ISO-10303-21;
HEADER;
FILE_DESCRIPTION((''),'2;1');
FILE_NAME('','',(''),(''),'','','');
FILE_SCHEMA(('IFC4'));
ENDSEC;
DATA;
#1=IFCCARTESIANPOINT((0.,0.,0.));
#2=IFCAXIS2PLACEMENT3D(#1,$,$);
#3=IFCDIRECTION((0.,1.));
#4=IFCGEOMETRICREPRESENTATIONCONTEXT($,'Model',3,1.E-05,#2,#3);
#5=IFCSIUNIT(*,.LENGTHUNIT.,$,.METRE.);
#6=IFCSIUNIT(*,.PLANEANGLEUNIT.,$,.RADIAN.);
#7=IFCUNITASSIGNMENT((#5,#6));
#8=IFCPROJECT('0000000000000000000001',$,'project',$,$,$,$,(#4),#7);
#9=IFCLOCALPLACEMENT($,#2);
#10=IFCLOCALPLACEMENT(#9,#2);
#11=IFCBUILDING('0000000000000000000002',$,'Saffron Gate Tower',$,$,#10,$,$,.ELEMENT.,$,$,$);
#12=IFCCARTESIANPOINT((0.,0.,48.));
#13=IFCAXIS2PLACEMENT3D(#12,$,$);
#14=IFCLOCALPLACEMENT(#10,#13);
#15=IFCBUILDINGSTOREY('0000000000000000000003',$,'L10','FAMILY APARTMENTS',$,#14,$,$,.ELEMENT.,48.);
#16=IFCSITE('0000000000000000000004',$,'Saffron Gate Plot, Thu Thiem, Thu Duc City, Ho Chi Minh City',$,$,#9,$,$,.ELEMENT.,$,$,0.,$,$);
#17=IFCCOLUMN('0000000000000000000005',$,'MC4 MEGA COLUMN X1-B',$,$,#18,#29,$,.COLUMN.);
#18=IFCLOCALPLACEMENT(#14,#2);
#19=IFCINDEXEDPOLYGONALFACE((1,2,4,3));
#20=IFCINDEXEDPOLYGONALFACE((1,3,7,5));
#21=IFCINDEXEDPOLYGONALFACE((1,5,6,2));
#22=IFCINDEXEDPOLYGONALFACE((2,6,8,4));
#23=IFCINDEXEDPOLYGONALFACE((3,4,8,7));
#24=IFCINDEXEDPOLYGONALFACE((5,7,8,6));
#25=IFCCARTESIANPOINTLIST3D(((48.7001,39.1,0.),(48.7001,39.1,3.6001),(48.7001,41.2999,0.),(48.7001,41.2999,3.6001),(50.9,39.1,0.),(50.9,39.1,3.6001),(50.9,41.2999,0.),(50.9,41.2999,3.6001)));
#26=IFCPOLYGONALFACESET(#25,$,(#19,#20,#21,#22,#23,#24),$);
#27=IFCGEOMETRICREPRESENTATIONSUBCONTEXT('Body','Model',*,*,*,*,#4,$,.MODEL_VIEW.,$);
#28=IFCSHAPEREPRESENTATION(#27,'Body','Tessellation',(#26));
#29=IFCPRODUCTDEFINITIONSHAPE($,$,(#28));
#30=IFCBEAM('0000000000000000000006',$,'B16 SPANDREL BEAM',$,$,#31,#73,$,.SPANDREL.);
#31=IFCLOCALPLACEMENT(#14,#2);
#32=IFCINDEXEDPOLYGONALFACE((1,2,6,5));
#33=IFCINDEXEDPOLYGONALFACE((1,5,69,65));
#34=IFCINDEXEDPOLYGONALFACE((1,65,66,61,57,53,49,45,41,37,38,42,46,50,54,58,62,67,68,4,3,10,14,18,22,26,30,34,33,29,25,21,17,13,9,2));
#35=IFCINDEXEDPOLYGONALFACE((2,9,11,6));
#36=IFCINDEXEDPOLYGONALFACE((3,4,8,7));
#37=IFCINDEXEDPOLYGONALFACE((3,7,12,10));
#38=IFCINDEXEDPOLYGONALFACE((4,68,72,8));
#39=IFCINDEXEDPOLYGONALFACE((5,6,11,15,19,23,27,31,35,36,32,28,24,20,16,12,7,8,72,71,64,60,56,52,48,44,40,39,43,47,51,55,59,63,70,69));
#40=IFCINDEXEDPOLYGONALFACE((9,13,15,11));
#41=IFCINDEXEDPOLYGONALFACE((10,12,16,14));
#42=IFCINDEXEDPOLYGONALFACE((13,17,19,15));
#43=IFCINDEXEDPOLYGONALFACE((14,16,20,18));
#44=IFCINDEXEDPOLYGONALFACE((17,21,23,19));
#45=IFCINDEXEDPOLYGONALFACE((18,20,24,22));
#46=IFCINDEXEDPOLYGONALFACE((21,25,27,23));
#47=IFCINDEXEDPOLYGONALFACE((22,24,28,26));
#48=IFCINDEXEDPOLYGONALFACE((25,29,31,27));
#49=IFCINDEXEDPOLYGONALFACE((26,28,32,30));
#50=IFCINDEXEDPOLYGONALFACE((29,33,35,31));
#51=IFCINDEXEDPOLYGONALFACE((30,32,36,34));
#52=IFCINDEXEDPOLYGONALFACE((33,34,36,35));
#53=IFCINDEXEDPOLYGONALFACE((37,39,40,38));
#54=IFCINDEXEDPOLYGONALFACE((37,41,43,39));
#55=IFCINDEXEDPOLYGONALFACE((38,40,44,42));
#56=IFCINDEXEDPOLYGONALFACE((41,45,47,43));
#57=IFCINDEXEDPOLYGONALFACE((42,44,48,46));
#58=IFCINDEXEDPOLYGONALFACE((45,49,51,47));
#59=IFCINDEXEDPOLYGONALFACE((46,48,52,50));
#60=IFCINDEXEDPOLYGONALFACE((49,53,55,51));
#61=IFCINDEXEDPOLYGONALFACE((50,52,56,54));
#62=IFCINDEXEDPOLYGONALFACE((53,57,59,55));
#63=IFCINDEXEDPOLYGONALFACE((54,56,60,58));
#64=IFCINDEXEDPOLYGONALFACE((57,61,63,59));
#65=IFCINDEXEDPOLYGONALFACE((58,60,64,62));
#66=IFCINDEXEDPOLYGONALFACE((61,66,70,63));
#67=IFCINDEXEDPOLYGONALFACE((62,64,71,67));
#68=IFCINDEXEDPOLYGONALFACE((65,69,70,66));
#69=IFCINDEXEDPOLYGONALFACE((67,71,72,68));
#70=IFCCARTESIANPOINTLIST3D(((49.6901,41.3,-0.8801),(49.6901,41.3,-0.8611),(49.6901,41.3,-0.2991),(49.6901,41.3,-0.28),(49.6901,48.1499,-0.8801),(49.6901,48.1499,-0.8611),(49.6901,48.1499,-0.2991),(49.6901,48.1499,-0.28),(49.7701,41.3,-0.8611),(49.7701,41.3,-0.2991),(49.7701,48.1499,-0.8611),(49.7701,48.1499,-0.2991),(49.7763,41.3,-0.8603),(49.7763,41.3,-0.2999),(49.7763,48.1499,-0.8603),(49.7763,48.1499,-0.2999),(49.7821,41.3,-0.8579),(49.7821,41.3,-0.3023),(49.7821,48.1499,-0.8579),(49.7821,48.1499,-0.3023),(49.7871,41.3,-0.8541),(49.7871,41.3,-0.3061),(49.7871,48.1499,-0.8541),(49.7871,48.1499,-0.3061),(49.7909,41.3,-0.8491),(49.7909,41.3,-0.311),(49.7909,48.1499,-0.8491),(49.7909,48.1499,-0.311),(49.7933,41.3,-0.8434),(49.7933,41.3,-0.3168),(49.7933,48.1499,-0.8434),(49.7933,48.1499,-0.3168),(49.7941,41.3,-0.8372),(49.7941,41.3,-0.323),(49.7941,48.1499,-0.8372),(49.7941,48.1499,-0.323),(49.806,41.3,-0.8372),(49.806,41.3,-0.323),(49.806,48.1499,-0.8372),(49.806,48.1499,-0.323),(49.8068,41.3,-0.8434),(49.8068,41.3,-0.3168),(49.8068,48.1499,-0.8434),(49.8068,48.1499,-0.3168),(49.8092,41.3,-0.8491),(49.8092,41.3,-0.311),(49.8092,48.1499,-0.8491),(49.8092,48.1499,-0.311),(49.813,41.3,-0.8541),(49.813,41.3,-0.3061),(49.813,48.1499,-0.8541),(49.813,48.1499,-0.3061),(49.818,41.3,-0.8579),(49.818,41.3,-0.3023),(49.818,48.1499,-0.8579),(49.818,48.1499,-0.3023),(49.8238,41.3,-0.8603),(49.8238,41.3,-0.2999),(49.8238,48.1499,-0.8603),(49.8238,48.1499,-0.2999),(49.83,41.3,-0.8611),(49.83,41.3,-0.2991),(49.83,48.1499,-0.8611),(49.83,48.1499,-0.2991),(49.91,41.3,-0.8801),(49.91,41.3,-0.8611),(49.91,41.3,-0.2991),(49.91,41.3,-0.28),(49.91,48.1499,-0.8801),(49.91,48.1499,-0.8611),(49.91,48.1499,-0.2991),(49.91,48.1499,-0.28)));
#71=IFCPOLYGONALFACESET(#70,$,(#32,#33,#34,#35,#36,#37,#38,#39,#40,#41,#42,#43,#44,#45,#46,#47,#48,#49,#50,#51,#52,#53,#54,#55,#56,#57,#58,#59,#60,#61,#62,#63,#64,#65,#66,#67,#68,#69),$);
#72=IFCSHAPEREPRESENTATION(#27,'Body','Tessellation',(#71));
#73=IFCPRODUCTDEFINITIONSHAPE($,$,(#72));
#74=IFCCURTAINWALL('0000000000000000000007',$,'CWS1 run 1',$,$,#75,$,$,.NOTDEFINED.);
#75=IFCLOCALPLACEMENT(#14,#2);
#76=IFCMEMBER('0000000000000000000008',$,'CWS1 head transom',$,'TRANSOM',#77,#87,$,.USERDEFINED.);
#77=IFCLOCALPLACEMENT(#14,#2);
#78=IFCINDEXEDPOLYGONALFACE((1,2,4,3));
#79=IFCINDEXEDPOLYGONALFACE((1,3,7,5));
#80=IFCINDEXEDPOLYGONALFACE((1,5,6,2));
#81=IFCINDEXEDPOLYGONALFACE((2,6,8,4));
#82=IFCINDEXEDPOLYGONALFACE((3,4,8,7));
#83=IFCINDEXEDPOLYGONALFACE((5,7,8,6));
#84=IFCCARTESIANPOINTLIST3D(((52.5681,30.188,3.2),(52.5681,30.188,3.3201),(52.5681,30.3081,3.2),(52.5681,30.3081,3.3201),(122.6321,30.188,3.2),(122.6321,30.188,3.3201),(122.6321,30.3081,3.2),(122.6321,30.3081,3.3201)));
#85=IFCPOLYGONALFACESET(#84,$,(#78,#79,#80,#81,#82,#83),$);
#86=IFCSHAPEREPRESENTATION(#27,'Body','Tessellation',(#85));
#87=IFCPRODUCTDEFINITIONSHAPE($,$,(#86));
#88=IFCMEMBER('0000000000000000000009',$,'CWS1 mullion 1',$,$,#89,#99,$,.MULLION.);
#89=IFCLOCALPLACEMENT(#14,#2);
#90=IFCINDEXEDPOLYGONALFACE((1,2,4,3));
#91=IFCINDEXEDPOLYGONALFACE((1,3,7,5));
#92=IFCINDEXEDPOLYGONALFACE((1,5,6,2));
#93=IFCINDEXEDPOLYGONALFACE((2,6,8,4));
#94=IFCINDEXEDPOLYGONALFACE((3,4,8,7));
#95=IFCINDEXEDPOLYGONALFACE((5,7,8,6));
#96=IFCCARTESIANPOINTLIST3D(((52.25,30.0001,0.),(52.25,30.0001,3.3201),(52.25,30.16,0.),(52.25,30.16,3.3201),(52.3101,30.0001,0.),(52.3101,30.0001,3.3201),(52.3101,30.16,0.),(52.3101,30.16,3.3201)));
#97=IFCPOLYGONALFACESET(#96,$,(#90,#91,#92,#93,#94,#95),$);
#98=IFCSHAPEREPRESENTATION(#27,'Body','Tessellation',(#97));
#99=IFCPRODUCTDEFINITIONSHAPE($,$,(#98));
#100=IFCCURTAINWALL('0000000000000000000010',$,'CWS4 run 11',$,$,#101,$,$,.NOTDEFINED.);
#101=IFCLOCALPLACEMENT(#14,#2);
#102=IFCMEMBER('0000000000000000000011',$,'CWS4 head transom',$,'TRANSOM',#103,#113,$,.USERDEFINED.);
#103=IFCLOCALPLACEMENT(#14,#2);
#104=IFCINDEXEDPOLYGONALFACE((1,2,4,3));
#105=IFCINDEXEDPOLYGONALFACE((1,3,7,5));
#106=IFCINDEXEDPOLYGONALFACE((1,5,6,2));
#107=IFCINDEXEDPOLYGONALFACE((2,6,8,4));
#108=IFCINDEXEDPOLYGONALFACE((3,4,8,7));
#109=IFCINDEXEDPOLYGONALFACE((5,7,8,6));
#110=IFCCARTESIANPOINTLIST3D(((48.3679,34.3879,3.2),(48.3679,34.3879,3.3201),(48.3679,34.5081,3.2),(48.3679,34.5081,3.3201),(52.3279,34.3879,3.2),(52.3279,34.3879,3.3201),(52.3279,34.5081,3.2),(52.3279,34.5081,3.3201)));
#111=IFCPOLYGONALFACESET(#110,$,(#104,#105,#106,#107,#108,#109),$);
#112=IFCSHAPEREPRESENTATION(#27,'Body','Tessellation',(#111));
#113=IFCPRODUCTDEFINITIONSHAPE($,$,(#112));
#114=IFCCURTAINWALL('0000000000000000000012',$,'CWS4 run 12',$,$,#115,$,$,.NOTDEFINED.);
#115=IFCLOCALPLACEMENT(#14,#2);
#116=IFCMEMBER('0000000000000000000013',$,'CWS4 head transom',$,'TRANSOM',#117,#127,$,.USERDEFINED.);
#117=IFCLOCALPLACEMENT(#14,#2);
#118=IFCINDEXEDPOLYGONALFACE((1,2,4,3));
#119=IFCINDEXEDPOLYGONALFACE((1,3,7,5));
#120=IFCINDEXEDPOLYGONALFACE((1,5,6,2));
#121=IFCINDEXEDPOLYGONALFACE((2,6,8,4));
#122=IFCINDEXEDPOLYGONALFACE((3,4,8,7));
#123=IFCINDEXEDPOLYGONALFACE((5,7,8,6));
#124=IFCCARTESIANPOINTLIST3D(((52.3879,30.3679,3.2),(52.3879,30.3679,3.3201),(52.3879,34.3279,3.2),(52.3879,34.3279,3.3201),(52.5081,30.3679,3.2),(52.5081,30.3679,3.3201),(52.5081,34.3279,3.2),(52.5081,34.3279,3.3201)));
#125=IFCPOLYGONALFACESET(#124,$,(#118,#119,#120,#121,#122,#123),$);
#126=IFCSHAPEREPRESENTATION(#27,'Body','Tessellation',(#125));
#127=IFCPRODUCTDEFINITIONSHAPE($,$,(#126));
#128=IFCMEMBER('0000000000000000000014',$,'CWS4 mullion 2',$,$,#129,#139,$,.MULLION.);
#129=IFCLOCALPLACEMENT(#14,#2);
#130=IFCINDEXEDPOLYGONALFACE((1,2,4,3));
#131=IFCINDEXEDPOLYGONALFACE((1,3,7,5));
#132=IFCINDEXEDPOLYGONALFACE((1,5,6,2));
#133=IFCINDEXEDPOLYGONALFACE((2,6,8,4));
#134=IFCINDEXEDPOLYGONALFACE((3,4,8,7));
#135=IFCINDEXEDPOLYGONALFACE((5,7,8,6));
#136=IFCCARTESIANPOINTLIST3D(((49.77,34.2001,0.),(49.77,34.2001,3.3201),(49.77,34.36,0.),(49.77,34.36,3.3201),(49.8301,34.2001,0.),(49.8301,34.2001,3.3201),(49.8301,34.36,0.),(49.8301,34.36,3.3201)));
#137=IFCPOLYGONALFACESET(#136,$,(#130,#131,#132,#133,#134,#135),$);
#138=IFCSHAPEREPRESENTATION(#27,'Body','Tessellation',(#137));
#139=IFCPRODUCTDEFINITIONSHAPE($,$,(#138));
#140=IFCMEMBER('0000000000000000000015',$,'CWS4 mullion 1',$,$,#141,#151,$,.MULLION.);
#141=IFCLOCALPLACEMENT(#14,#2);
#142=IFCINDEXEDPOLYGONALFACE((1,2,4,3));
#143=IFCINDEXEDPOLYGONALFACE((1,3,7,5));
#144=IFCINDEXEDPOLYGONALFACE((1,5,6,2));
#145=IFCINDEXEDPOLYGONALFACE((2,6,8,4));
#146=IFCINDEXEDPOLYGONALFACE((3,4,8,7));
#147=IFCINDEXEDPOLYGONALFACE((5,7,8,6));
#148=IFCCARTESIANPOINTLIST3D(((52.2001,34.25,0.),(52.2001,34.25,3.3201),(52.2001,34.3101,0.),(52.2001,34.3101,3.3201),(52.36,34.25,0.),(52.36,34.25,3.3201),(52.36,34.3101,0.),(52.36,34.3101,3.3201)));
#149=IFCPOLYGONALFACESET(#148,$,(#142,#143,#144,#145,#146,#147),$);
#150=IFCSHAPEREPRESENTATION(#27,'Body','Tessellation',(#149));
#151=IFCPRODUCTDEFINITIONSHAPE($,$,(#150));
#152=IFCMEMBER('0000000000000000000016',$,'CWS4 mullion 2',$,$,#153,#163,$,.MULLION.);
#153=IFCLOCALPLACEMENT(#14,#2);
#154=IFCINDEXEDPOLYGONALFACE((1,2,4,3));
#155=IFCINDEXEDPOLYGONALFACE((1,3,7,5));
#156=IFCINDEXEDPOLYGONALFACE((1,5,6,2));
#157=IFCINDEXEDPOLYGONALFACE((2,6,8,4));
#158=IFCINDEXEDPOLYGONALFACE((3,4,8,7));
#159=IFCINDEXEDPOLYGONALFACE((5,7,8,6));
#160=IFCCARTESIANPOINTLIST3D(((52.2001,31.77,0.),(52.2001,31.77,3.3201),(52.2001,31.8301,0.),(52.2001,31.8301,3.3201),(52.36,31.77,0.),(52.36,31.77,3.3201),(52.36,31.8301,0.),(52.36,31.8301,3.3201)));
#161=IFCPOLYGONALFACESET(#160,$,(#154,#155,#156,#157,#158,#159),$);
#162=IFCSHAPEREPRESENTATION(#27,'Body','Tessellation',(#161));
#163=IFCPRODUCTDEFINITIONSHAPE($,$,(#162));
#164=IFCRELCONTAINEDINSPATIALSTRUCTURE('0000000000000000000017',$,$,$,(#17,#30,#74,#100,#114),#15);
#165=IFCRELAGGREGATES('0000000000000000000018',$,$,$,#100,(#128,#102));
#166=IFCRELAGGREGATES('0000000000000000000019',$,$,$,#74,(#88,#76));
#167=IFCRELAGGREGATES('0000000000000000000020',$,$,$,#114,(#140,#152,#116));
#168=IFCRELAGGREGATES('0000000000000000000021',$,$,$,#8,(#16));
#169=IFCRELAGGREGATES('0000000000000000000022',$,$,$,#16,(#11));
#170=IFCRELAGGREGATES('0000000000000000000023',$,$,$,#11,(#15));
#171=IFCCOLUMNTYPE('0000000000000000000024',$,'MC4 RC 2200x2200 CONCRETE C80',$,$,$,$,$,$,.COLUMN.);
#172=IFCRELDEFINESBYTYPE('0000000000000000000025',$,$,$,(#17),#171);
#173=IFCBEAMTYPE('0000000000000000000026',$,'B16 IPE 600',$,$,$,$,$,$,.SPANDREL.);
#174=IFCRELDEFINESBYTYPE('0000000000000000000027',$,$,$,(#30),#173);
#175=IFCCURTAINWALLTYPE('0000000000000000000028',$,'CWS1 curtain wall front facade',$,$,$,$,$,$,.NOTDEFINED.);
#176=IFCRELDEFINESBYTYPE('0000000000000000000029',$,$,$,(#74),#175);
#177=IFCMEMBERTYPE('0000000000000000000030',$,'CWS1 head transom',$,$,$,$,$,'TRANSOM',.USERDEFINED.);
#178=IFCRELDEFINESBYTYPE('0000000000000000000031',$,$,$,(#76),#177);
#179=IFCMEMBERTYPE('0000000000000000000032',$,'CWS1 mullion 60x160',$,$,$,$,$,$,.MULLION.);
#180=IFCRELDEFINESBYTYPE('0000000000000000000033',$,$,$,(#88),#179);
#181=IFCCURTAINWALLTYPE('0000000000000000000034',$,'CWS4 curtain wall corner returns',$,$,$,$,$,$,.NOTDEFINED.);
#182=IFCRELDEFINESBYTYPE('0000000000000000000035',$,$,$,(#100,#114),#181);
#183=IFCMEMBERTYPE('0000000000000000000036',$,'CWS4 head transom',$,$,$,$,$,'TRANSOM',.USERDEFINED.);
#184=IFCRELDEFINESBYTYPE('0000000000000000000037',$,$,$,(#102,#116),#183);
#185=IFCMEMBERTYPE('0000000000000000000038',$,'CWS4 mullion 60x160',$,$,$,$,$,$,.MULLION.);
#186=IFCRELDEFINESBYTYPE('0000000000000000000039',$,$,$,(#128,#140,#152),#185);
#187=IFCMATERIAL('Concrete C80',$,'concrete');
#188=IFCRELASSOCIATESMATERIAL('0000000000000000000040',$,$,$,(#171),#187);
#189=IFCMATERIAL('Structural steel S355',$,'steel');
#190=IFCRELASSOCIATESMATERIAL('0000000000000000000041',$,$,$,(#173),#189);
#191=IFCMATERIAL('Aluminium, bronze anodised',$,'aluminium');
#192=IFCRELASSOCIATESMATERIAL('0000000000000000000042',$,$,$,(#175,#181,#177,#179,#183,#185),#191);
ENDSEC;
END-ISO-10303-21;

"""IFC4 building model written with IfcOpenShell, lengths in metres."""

from ifc_helpers import new_model, si_unit, direction, frame, origin, origin_2d, place, context, subcontext, project, spatial, rectangle, i_section, extrude, material, material_profile, profile_set, type_object, element, aggregate, save


model = new_model("IFC4")

# Units and contexts
model_context = context("Model", 3, precision=1e-05, world=origin(), true_north=direction((0.0, 1.0)))
body_context = subcontext(model_context, "Body", "Model", "MODEL_VIEW")
ifc_project = project(units=[si_unit("LENGTHUNIT", "METRE"), si_unit("PLANEANGLEUNIT", "RADIAN")], contexts=[model_context])

# Site, building, storey
site_placement = place(None, origin())
site = spatial("IfcSite", under=ifc_project, at=site_placement, Name="Saffron Gate Plot, Thu Thiem, Thu Duc City, Ho Chi Minh City", CompositionType="ELEMENT", RefElevation=0.0)
building_placement = place(site_placement, origin())
building = spatial("IfcBuilding", under=site, at=building_placement, Name="Saffron Gate Tower", CompositionType="ELEMENT")
storey_placement = place(building_placement, frame((0.0, 0.0, 48.0)))
storey = spatial("IfcBuildingStorey", under=building, at=storey_placement, Name="L10", Description="FAMILY APARTMENTS", CompositionType="ELEMENT", Elevation=48.0)

# Column
ifc_material_1 = material(Name="Concrete C80", Category="concrete")
ifc_material_profile_1 = material_profile(ifc_material_1, rectangle(XDim=2.2, YDim=2.2, at=origin_2d()))
ifc_profile_set_1 = profile_set([ifc_material_profile_1], Name="Concrete C80")
column_type = type_object("IfcColumnType", Name="MC4 RC 2200x2200 CONCRETE C80", PredefinedType="COLUMN", material=ifc_profile_set_1)
column_placement = place(storey_placement, frame((49.8, 40.2, 0.0), z_axis=(0.0, 0.0, 1.0), x_axis=(1.0, 0.0, 0.0)))
element("IfcColumn", 1, at=column_placement, inside=storey, type_object=column_type, Name="MC4 MEGA COLUMN X1-B", PredefinedType="COLUMN", context=body_context, shape_type="SweptSolid", body=[
    extrude(rectangle(XDim=2.2, YDim=2.2, at=origin_2d()), origin(), (0.0, 0.0, 1.0), 3.6001),
])

# Beam
ifc_material_2 = material(Name="Structural steel S355", Category="steel")
ifc_material_profile_2 = material_profile(ifc_material_2, i_section(OverallWidth=0.22, OverallDepth=0.6001, WebThickness=0.012, FlangeThickness=0.019, FilletRadius=0.0239, at=origin_2d()))
ifc_profile_set_2 = profile_set([ifc_material_profile_2], Name="Structural steel S355")
beam_type = type_object("IfcBeamType", Name="B16 IPE 600", PredefinedType="SPANDREL", material=ifc_profile_set_2)
beam_placement = place(storey_placement, frame((49.8, 41.3, -0.5801), z_axis=(0.0, 1.0, 0.0), x_axis=(-1.0, 0.0, 0.0)))
element("IfcBeam", 2, at=beam_placement, inside=storey, type_object=beam_type, Name="B16 SPANDREL BEAM", PredefinedType="SPANDREL", context=body_context, shape_type="SweptSolid", body=[
    extrude(i_section(OverallWidth=0.22, OverallDepth=0.6001, WebThickness=0.012, FlangeThickness=0.019, FilletRadius=0.0239, at=origin_2d()), origin(), (0.0, 0.0, 1.0), 6.8499),
])

# Curtain wall, members
ifc_material_3 = material(Name="Aluminium, bronze anodised", Category="aluminium")
curtain_wall_type_1 = type_object("IfcCurtainWallType", Name="CWS1 curtain wall front facade", PredefinedType="NOTDEFINED", material=ifc_material_3)
curtain_wall_1_placement = place(storey_placement, origin())
curtain_wall_1 = element("IfcCurtainWall", 3, at=curtain_wall_1_placement, inside=storey, type_object=curtain_wall_type_1, Name="CWS1 run 1", PredefinedType="NOTDEFINED")
ifc_material_profile_3 = material_profile(ifc_material_3, rectangle(XDim=0.1201, YDim=0.1201, at=origin_2d()))
ifc_profile_set_3 = profile_set([ifc_material_profile_3], Name="Aluminium, bronze anodised")
member_type_1 = type_object("IfcMemberType", Name="CWS1 head transom", ElementType="TRANSOM", PredefinedType="USERDEFINED", material=ifc_profile_set_3)
member_1_placement = place(storey_placement, frame((52.5681, 30.248, 3.26), z_axis=(1.0, 0.0, 0.0), x_axis=(0.0, 1.0, 0.0)))
member_1 = element("IfcMember", 4, at=member_1_placement, type_object=member_type_1, Name="CWS1 head transom", ObjectType="TRANSOM", PredefinedType="USERDEFINED", context=body_context, shape_type="SweptSolid", body=[
    extrude(rectangle(XDim=0.1201, YDim=0.1201, at=origin_2d()), origin(), (0.0, 0.0, 1.0), 70.064),
])
ifc_material_profile_4 = material_profile(ifc_material_3, rectangle(XDim=0.1599, YDim=0.0601, at=origin_2d()))
ifc_profile_set_4 = profile_set([ifc_material_profile_4], Name="Aluminium, bronze anodised")
member_type_2 = type_object("IfcMemberType", Name="CWS1 mullion 60x160", PredefinedType="MULLION", material=ifc_profile_set_4)
member_2_placement = place(storey_placement, frame((52.28, 30.0801, 0.0), z_axis=(0.0, 0.0, 1.0), x_axis=(0.0, 1.0, 0.0)))
member_2 = element("IfcMember", 5, at=member_2_placement, type_object=member_type_2, Name="CWS1 mullion 1", PredefinedType="MULLION", context=body_context, shape_type="SweptSolid", body=[
    extrude(rectangle(XDim=0.1599, YDim=0.0601, at=origin_2d()), origin(), (0.0, 0.0, 1.0), 3.3201),
])

# Curtain walls, members
curtain_wall_type_2 = type_object("IfcCurtainWallType", Name="CWS4 curtain wall corner returns", PredefinedType="NOTDEFINED", material=ifc_material_3)
curtain_wall_2_placement = place(storey_placement, origin())
curtain_wall_2 = element("IfcCurtainWall", 6, at=curtain_wall_2_placement, inside=storey, type_object=curtain_wall_type_2, Name="CWS4 run 11", PredefinedType="NOTDEFINED")
ifc_material_profile_5 = material_profile(ifc_material_3, rectangle(XDim=0.1201, YDim=0.1201, at=origin_2d()))
ifc_profile_set_5 = profile_set([ifc_material_profile_5], Name="Aluminium, bronze anodised")
member_type_3 = type_object("IfcMemberType", Name="CWS4 head transom", ElementType="TRANSOM", PredefinedType="USERDEFINED", material=ifc_profile_set_5)
member_3_placement = place(storey_placement, frame((48.3679, 34.448, 3.26), z_axis=(1.0, 0.0, 0.0), x_axis=(0.0, 1.0, 0.0)))
member_3 = element("IfcMember", 7, at=member_3_placement, type_object=member_type_3, Name="CWS4 head transom", ObjectType="TRANSOM", PredefinedType="USERDEFINED", context=body_context, shape_type="SweptSolid", body=[
    extrude(rectangle(XDim=0.1201, YDim=0.1201, at=origin_2d()), origin(), (0.0, 0.0, 1.0), 3.96),
])
curtain_wall_3_placement = place(storey_placement, origin())
curtain_wall_3 = element("IfcCurtainWall", 8, at=curtain_wall_3_placement, inside=storey, type_object=curtain_wall_type_2, Name="CWS4 run 12", PredefinedType="NOTDEFINED")
member_4_placement = place(storey_placement, frame((52.448, 34.3279, 3.26), z_axis=(0.0, -1.0, 0.0), x_axis=(1.0, 0.0, 0.0)))
member_4 = element("IfcMember", 9, at=member_4_placement, type_object=member_type_3, Name="CWS4 head transom", ObjectType="TRANSOM", PredefinedType="USERDEFINED", context=body_context, shape_type="SweptSolid", body=[
    extrude(rectangle(XDim=0.1201, YDim=0.1201, at=origin_2d()), origin(), (0.0, 0.0, 1.0), 3.96),
])

# Members
ifc_material_profile_6 = material_profile(ifc_material_3, rectangle(XDim=0.1599, YDim=0.0601, at=origin_2d()))
ifc_profile_set_6 = profile_set([ifc_material_profile_6], Name="Aluminium, bronze anodised")
member_type_4 = type_object("IfcMemberType", Name="CWS4 mullion 60x160", PredefinedType="MULLION", material=ifc_profile_set_6)
member_5_placement = place(storey_placement, frame((49.8, 34.28, 0.0), z_axis=(0.0, 0.0, 1.0), x_axis=(0.0, 1.0, 0.0)))
member_5 = element("IfcMember", 10, at=member_5_placement, type_object=member_type_4, Name="CWS4 mullion 2", PredefinedType="MULLION", context=body_context, shape_type="SweptSolid", body=[
    extrude(rectangle(XDim=0.1599, YDim=0.0601, at=origin_2d()), origin(), (0.0, 0.0, 1.0), 3.3201),
])
aggregate(curtain_wall_2, [member_5, member_3])
member_6_placement = place(storey_placement, frame((52.28, 34.28, 0.0), z_axis=(0.0, 0.0, 1.0), x_axis=(1.0, 0.0, 0.0)))
member_6 = element("IfcMember", 11, at=member_6_placement, type_object=member_type_4, Name="CWS4 mullion 1", PredefinedType="MULLION", context=body_context, shape_type="SweptSolid", body=[
    extrude(rectangle(XDim=0.1599, YDim=0.0601, at=origin_2d()), origin(), (0.0, 0.0, 1.0), 3.3201),
])
member_7_placement = place(storey_placement, frame((52.28, 31.8, 0.0), z_axis=(0.0, 0.0, 1.0), x_axis=(1.0, 0.0, 0.0)))
member_7 = element("IfcMember", 12, at=member_7_placement, type_object=member_type_4, Name="CWS4 mullion 2", PredefinedType="MULLION", context=body_context, shape_type="SweptSolid", body=[
    extrude(rectangle(XDim=0.1599, YDim=0.0601, at=origin_2d()), origin(), (0.0, 0.0, 1.0), 3.3201),
])

aggregate(curtain_wall_1, [member_2, member_1])

aggregate(curtain_wall_3, [member_6, member_7, member_4])

save(model, "model.ifc")
